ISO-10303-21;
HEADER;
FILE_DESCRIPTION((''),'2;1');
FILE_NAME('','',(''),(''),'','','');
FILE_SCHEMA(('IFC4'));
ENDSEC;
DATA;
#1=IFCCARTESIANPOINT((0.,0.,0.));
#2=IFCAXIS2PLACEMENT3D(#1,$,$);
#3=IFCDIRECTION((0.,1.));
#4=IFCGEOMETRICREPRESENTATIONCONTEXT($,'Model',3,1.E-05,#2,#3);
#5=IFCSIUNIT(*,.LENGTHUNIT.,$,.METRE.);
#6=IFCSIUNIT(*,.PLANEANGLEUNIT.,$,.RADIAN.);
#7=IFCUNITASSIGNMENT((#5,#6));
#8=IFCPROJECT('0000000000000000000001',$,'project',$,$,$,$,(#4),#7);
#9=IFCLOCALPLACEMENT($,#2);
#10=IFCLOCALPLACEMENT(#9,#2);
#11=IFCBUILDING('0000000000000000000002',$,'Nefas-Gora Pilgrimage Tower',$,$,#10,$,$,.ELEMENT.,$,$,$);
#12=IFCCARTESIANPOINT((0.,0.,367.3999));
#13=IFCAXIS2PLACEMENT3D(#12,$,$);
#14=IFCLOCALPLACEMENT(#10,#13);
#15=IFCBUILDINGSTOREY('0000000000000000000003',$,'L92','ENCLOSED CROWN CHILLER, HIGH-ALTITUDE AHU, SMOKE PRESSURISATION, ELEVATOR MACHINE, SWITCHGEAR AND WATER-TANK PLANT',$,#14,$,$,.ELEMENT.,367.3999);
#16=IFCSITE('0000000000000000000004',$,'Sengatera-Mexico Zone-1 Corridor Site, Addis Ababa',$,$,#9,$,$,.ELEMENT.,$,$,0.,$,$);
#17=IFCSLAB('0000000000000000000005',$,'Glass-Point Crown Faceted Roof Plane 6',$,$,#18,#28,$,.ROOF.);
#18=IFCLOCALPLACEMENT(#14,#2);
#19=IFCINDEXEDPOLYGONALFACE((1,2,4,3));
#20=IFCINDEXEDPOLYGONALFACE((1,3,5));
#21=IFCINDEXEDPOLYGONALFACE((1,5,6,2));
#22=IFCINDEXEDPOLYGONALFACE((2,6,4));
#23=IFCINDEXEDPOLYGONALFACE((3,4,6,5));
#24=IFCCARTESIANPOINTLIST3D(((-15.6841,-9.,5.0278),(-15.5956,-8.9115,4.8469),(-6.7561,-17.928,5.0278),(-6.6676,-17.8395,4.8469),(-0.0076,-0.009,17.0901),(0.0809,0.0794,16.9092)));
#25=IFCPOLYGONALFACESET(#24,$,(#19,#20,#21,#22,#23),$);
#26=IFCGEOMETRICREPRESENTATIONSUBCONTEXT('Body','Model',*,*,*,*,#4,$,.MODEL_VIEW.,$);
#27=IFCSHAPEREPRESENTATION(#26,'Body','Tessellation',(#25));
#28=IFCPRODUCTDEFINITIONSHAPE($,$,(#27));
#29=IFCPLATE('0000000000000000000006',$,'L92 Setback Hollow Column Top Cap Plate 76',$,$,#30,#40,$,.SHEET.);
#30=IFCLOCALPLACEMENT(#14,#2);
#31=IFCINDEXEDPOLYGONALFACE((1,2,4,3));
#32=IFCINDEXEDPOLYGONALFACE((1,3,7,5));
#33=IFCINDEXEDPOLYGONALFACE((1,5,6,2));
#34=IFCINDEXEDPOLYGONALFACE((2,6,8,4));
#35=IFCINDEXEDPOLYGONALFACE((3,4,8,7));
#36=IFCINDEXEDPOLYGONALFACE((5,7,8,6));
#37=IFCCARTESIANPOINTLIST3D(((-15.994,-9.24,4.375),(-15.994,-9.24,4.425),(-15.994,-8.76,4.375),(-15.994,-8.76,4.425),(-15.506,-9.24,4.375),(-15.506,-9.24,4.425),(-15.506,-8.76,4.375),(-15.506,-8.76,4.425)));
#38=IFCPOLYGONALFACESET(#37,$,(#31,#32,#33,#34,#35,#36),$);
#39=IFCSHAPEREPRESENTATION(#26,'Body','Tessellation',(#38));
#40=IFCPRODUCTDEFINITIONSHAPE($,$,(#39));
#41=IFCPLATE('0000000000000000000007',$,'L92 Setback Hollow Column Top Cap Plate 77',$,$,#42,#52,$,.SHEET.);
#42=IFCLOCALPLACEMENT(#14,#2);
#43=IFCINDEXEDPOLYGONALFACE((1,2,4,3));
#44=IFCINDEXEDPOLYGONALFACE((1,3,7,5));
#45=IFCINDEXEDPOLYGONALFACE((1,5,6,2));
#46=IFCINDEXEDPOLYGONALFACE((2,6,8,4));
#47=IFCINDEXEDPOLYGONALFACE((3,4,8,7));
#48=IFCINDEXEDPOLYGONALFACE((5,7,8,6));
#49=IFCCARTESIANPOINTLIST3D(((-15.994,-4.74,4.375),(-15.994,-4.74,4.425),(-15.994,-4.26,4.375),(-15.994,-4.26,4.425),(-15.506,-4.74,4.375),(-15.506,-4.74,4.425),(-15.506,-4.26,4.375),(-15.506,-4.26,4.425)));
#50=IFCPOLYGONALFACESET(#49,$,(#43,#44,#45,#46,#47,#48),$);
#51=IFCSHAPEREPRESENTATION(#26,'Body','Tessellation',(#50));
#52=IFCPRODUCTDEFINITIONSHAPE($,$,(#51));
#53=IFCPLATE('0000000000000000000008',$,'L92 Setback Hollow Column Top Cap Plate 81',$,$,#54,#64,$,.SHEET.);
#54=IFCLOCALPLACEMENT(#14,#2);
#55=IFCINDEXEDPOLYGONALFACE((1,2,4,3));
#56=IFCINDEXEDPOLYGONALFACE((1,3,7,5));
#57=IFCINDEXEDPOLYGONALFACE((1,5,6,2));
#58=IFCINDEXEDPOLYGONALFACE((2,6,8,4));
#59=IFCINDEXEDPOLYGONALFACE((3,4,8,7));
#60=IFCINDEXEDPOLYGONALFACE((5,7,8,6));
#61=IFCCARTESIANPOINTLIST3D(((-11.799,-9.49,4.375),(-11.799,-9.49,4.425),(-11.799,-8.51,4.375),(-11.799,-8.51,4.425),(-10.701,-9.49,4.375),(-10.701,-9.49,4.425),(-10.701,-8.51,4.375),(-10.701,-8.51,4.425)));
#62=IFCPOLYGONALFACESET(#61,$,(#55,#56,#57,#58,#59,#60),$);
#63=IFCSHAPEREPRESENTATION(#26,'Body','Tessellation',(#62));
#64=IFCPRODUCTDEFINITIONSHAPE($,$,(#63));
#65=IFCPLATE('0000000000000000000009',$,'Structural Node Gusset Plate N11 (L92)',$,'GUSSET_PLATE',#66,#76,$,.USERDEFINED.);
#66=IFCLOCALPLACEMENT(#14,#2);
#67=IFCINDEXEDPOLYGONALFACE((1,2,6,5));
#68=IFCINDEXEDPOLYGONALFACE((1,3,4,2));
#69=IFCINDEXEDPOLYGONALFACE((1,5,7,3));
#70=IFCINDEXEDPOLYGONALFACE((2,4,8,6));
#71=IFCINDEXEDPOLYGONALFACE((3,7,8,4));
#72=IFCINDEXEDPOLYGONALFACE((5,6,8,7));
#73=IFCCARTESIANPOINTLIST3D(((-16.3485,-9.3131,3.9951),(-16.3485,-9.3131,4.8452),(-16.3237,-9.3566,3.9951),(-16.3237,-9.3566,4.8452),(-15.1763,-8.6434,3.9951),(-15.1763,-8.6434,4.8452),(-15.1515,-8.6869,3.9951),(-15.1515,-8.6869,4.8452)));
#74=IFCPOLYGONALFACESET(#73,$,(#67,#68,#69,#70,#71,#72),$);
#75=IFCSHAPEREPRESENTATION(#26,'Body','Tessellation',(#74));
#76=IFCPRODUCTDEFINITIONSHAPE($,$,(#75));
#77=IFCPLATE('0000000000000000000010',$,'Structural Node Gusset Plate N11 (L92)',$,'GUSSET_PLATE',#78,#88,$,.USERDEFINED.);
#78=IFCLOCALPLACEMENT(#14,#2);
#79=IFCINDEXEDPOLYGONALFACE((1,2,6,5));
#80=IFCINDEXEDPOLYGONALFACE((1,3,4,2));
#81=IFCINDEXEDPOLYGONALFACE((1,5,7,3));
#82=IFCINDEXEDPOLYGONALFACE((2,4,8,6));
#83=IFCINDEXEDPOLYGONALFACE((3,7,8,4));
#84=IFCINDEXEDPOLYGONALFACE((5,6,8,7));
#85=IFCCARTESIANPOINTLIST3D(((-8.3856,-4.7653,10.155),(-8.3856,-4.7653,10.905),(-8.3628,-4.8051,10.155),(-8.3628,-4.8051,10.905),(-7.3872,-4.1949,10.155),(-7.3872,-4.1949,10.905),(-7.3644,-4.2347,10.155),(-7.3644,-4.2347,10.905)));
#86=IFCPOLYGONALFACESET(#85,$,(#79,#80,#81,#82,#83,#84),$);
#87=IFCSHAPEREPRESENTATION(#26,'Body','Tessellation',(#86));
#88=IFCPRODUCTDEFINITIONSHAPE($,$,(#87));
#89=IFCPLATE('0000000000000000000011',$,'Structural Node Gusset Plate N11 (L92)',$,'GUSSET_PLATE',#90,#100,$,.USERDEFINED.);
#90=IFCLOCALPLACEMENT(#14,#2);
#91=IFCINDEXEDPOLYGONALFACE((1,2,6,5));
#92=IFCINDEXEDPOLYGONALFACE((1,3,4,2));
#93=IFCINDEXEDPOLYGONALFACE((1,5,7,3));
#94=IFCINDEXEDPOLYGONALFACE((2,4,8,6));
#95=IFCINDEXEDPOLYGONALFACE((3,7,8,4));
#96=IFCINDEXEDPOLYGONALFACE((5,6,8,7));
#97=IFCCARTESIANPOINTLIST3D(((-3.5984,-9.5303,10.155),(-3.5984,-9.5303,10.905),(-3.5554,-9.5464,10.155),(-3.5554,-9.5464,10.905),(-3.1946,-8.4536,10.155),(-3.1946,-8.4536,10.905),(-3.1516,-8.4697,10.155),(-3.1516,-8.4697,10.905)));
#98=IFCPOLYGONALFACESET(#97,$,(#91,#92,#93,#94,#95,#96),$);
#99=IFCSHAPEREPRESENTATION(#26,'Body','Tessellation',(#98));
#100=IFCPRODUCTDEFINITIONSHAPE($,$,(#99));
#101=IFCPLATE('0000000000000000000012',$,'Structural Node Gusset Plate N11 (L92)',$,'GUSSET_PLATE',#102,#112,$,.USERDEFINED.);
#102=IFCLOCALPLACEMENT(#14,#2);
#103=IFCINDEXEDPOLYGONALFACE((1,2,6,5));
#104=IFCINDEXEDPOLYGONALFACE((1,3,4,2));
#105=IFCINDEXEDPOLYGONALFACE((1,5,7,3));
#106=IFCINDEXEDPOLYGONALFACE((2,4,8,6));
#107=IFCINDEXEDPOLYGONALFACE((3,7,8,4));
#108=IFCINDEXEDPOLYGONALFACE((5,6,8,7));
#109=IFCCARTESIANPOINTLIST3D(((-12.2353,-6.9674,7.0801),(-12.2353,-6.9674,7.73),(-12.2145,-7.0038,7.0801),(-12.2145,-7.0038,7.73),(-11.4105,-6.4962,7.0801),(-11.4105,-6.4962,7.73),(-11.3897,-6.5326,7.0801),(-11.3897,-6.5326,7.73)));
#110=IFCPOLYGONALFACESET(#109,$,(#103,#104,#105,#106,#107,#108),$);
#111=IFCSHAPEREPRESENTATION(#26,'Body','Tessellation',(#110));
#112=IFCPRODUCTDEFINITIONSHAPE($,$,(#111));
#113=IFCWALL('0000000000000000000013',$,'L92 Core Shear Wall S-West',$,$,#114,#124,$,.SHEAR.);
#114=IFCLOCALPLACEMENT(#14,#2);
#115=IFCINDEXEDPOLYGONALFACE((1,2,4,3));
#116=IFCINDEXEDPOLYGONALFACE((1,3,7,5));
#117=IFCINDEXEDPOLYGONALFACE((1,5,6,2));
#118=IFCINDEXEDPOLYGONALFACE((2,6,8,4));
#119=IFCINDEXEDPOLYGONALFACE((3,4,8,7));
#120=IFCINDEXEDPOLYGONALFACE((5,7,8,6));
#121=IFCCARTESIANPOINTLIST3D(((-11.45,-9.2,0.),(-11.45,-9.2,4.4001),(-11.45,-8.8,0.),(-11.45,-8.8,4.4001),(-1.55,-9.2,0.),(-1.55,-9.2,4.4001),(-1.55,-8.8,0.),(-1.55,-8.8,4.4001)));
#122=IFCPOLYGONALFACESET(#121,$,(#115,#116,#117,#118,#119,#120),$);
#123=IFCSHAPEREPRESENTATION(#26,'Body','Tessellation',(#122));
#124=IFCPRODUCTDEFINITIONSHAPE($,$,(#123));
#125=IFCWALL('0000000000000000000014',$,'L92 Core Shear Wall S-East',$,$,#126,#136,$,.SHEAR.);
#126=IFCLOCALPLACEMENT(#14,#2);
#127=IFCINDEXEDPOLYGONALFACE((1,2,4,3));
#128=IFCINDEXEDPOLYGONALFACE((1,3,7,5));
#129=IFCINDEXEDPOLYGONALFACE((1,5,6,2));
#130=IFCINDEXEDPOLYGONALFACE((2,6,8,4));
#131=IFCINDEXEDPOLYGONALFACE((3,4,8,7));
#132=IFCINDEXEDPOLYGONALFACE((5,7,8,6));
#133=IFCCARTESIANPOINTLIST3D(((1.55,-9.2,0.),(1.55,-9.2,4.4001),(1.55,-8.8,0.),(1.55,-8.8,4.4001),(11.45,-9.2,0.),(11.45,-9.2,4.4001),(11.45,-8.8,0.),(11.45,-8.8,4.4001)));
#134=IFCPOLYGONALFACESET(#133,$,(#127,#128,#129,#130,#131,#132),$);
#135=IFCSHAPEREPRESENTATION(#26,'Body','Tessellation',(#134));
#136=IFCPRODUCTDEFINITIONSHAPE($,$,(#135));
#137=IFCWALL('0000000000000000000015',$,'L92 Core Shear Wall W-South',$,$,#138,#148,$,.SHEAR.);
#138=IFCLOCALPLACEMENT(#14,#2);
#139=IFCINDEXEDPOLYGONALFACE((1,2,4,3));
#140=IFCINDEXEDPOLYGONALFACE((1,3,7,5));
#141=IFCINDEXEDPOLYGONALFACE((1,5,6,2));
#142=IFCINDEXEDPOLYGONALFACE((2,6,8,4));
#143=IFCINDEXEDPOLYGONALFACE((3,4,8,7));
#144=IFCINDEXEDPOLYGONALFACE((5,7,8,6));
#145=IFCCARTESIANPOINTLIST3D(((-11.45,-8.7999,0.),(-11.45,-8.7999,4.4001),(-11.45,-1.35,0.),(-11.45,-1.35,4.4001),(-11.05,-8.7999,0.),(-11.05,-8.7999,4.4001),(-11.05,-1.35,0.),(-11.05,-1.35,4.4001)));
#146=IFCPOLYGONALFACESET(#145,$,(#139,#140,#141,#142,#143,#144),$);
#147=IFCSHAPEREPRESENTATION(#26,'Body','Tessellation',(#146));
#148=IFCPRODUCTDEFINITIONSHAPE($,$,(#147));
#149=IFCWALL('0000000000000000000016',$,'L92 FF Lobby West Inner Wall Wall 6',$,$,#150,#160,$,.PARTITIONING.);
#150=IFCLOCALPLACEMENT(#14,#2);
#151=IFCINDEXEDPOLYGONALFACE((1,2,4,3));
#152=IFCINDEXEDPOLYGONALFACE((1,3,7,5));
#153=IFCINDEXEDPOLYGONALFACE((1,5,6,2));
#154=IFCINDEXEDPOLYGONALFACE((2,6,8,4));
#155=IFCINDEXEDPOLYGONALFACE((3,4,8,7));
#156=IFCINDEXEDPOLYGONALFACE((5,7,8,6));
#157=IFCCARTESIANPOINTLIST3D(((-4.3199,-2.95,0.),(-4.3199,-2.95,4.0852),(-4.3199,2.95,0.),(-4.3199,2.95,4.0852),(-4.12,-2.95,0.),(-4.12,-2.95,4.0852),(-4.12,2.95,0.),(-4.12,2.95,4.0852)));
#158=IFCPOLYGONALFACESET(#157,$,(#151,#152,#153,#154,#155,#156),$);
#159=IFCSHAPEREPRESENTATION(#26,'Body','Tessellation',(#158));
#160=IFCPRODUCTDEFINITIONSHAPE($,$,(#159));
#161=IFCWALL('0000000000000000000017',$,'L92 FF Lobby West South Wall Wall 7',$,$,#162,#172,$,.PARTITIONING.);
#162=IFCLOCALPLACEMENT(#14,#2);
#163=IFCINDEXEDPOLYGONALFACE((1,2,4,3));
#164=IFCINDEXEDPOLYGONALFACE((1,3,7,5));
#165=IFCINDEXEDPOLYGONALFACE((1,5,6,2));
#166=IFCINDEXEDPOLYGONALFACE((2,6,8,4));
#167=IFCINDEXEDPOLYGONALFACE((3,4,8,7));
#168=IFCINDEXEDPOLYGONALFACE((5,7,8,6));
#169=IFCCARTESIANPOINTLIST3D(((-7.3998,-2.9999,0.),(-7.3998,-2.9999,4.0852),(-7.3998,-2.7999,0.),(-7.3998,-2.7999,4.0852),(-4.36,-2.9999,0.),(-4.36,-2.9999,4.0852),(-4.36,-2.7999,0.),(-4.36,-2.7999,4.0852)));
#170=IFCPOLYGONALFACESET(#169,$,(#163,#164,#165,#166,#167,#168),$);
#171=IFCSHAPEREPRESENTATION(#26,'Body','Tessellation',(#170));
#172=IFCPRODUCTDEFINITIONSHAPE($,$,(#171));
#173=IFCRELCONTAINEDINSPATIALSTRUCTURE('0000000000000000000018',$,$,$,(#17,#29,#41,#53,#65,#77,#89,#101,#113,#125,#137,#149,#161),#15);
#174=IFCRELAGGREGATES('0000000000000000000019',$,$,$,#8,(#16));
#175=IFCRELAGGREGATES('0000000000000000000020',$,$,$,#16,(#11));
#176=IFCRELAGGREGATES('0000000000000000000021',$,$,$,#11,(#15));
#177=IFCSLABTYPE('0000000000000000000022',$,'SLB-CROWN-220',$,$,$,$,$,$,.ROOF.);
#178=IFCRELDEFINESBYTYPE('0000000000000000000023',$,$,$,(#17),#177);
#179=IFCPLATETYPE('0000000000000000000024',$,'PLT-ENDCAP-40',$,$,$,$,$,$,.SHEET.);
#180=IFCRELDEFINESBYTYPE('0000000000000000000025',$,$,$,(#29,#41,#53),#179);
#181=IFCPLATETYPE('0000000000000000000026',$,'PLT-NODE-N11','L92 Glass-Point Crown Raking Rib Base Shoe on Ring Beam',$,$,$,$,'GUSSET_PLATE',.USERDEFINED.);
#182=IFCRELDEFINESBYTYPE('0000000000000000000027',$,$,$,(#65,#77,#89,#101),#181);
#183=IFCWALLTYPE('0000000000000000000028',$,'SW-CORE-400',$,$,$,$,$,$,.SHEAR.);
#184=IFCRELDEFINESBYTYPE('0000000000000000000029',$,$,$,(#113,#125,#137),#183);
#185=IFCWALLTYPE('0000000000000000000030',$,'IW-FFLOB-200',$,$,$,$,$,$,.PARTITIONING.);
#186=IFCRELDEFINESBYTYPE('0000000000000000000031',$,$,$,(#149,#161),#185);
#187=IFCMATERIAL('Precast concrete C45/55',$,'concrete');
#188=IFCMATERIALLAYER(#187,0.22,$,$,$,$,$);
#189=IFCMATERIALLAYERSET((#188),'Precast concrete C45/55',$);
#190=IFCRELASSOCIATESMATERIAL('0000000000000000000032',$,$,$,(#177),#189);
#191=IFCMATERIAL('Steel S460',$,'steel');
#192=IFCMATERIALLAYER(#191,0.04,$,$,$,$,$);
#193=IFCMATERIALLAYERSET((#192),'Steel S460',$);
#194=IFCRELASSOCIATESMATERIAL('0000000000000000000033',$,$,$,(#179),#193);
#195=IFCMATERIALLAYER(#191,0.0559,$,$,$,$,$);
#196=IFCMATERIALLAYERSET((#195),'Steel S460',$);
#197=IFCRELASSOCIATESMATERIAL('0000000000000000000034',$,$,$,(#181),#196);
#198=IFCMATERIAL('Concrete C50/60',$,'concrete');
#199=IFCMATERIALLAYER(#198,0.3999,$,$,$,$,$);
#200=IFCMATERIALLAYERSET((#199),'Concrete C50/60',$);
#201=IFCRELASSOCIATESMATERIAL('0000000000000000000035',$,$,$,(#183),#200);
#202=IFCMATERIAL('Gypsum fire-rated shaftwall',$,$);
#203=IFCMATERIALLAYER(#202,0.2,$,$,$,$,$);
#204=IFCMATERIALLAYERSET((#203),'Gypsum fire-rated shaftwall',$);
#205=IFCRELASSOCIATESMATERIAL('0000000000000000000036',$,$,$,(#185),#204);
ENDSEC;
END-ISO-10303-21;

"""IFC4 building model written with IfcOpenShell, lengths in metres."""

from ifc_helpers import new_model, si_unit, direction, frame, frame_2d, origin, origin_2d, place, context, subcontext, project, spatial, polyline, rectangle, outline, extrude, source, transform, mapped, material, layer, layer_set, type_object, element, save


model = new_model("IFC4")

# Units and contexts
model_context = context("Model", 3, precision=1e-05, world=origin(), true_north=direction((0.0, 1.0)))
body_context = subcontext(model_context, "Body", "Model", "MODEL_VIEW")
ifc_project = project(units=[si_unit("LENGTHUNIT", "METRE"), si_unit("PLANEANGLEUNIT", "RADIAN")], contexts=[model_context])

# Site, building, storey
site_placement = place(None, origin())
site = spatial("IfcSite", under=ifc_project, at=site_placement, Name="Sengatera-Mexico Zone-1 Corridor Site, Addis Ababa", CompositionType="ELEMENT", RefElevation=0.0)
building_placement = place(site_placement, origin())
building = spatial("IfcBuilding", under=site, at=building_placement, Name="Nefas-Gora Pilgrimage Tower", CompositionType="ELEMENT")
storey_placement = place(building_placement, frame((0.0, 0.0, 367.3999)))
storey = spatial("IfcBuildingStorey", under=building, at=storey_placement, Name="L92", Description="ENCLOSED CROWN CHILLER, HIGH-ALTITUDE AHU, SMOKE PRESSURISATION, ELEVATOR MACHINE, SWITCHGEAR AND WATER-TANK PLANT", CompositionType="ELEMENT", Elevation=367.3999)

# Shared definitions
ifc_material_1 = material(Name="Concrete C50/60", Category="concrete")

# Shared definitions
ifc_material_2 = material(Name="Steel S460", Category="steel")

# Slab
ifc_material_3 = material(Name="Precast concrete C45/55", Category="concrete")
ifc_layer_1 = layer(ifc_material_3, 0.22)
ifc_layer_set_1 = layer_set([ifc_layer_1], Name="Precast concrete C45/55")
slab_type = type_object("IfcSlabType", Name="SLB-CROWN-220", PredefinedType="ROOF", material=ifc_layer_set_1)
slab_placement = place(storey_placement, frame((-15.6841, -9.0, 5.0278), z_axis=(-0.402191, -0.402191, 0.822487), x_axis=(0.707107, -0.707107, 0.0)))
element("IfcSlab", 1, at=slab_placement, inside=storey, type_object=slab_type, Name="Glass-Point Crown Faceted Roof Plane 6", PredefinedType="ROOF", context=body_context, shape_type="SweptSolid", body=[
    extrude(outline(polyline([(0.0, 0.0), (12.6261, 0.0), (4.7274, 21.2071), (0.0, 0.0)])), origin(), (0.0, 0.0, -1.0), 0.22),
])

# Plates
ifc_layer_2 = layer(ifc_material_2, 0.04)
ifc_layer_set_2 = layer_set([ifc_layer_2], Name="Steel S460")
plate_type_1 = type_object("IfcPlateType", Name="PLT-ENDCAP-40", PredefinedType="SHEET", material=ifc_layer_set_2)
shared_shape_1 = source(origin(), body_context, "Body", "SweptSolid", [
    extrude(rectangle(XDim=0.488, YDim=0.48, at=origin_2d()), origin(), (0.0, 0.0, 1.0), 0.05),
])
for number, where, z_axis, x_axis, name in (
    (2, (-15.75, -9.0, 4.375), (0.0, 0.0, 1.0), (1.0, 0.0, 0.0), "L92 Setback Hollow Column Top Cap Plate 76"),
    (3, (-15.75, -4.5, 4.375), (0.0, 0.0, 1.0), (1.0, 0.0, 0.0), "L92 Setback Hollow Column Top Cap Plate 77"),
):
    element("IfcPlate", number, at=place(storey_placement, frame(where, z_axis=z_axis, x_axis=x_axis)), inside=storey, type_object=plate_type_1, Name=name, PredefinedType="SHEET", context=body_context, shape_type="MappedRepresentation", body=[
        mapped(shared_shape_1, transform((0.0, 0.0, 0.0), x_axis=(1.0, 0.0, 0.0), y_axis=(0.0, 1.0, 0.0), z_axis=(0.0, 0.0, 1.0), scale=1.0)),
    ])
shared_shape_2 = source(origin(), body_context, "Body", "SweptSolid", [
    extrude(rectangle(XDim=1.0979, YDim=0.98, at=origin_2d()), origin(), (0.0, 0.0, 1.0), 0.05),
])
plate_1_placement = place(storey_placement, frame((-11.25, -9.0, 4.375), z_axis=(0.0, 0.0, 1.0), x_axis=(1.0, 0.0, 0.0)))
element("IfcPlate", 4, at=plate_1_placement, inside=storey, type_object=plate_type_1, Name="L92 Setback Hollow Column Top Cap Plate 81", PredefinedType="SHEET", context=body_context, shape_type="MappedRepresentation", body=[
    mapped(shared_shape_2, transform((0.0, 0.0, 0.0), x_axis=(1.0, 0.0, 0.0), y_axis=(0.0, 1.0, 0.0), z_axis=(0.0, 0.0, 1.0), scale=1.0)),
])
ifc_layer_3 = layer(ifc_material_2, 0.0559)
ifc_layer_set_3 = layer_set([ifc_layer_3], Name="Steel S460")
plate_type_2 = type_object("IfcPlateType", Name="PLT-NODE-N11", Description="L92 Glass-Point Crown Raking Rib Base Shoe on Ring Beam", ElementType="GUSSET_PLATE", PredefinedType="USERDEFINED", material=ifc_layer_set_3)
shared_shape_3 = source(origin(), body_context, "Body", "SweptSolid", [
    extrude(rectangle(XDim=1.3501, YDim=0.05, at=origin_2d()), origin(), (0.0, 0.0, 1.0), 0.8501),
])
plate_2_placement = place(storey_placement, frame((-15.75, -9.0, 3.9951), z_axis=(0.0, 0.0, 1.0), x_axis=(-0.868285, -0.496065, 0.0)))
element("IfcPlate", 5, at=plate_2_placement, inside=storey, type_object=plate_type_2, Name="Structural Node Gusset Plate N11 (L92)", ObjectType="GUSSET_PLATE", PredefinedType="USERDEFINED", context=body_context, shape_type="MappedRepresentation", body=[
    mapped(shared_shape_3, transform((0.0, 0.0, 0.0), x_axis=(1.0, 0.0, 0.0), y_axis=(0.0, 1.0, 0.0), z_axis=(0.0, 0.0, 1.0), scale=1.0)),
])
shared_shape_4 = source(origin(), body_context, "Body", "SweptSolid", [
    extrude(rectangle(XDim=1.1499, YDim=0.0459, at=origin_2d()), origin(), (0.0, 0.0, 1.0), 0.75),
])
for number, where, z_axis, x_axis, name in (
    (6, (-7.875, -4.5, 10.155), (0.0, 0.0, 1.0), (-0.868285, -0.496065, 0.0), "Structural Node Gusset Plate N11 (L92)"),
    (7, (-3.375, -9.0, 10.155), (0.0, 0.0, 1.0), (-0.351188, -0.936305, 0.0), "Structural Node Gusset Plate N11 (L92)"),
):
    element("IfcPlate", number, at=place(storey_placement, frame(where, z_axis=z_axis, x_axis=x_axis)), inside=storey, type_object=plate_type_2, Name=name, ObjectType="GUSSET_PLATE", PredefinedType="USERDEFINED", context=body_context, shape_type="MappedRepresentation", body=[
        mapped(shared_shape_4, transform((0.0, 0.0, 0.0), x_axis=(1.0, 0.0, 0.0), y_axis=(0.0, 1.0, 0.0), z_axis=(0.0, 0.0, 1.0), scale=1.0)),
    ])
shared_shape_5 = source(origin(), body_context, "Body", "SweptSolid", [
    extrude(rectangle(XDim=0.95, YDim=0.042, at=origin_2d()), origin(), (0.0, 0.0, 1.0), 0.6499),
])
plate_3_placement = place(storey_placement, frame((-11.8125, -6.75, 7.0801), z_axis=(0.0, 0.0, 1.0), x_axis=(-0.868285, -0.496065, 0.0)))
element("IfcPlate", 8, at=plate_3_placement, inside=storey, type_object=plate_type_2, Name="Structural Node Gusset Plate N11 (L92)", ObjectType="GUSSET_PLATE", PredefinedType="USERDEFINED", context=body_context, shape_type="MappedRepresentation", body=[
    mapped(shared_shape_5, transform((0.0, 0.0, 0.0), x_axis=(1.0, 0.0, 0.0), y_axis=(0.0, 1.0, 0.0), z_axis=(0.0, 0.0, 1.0), scale=1.0)),
])

# Walls
ifc_layer_4 = layer(ifc_material_1, 0.3999)
ifc_layer_set_4 = layer_set([ifc_layer_4], Name="Concrete C50/60")
wall_type_1 = type_object("IfcWallType", Name="SW-CORE-400", PredefinedType="SHEAR", material=ifc_layer_set_4)
shared_shape_6 = source(origin(), body_context, "Body", "SweptSolid", [
    extrude(rectangle(XDim=9.8999, YDim=0.3999, at=frame_2d((4.95, 0.0))), origin(), (0.0, 0.0, 1.0), 4.4001),
])
for number, where, z_axis, x_axis, name in (
    (9, (-11.45, -9.0, 0.0), (0.0, 0.0, 1.0), (1.0, 0.0, 0.0), "L92 Core Shear Wall S-West"),
    (10, (1.55, -9.0, 0.0), (0.0, 0.0, 1.0), (1.0, 0.0, 0.0), "L92 Core Shear Wall S-East"),
):
    element("IfcWall", number, at=place(storey_placement, frame(where, z_axis=z_axis, x_axis=x_axis)), inside=storey, type_object=wall_type_1, Name=name, PredefinedType="SHEAR", context=body_context, shape_type="MappedRepresentation", body=[
        mapped(shared_shape_6, transform((0.0, 0.0, 0.0), x_axis=(1.0, 0.0, 0.0), y_axis=(0.0, 1.0, 0.0), z_axis=(0.0, 0.0, 1.0), scale=1.0)),
    ])
shared_shape_7 = source(origin(), body_context, "Body", "SweptSolid", [
    extrude(rectangle(XDim=7.45, YDim=0.3999, at=frame_2d((3.7251, 0.0))), origin(), (0.0, 0.0, 1.0), 4.4001),
])
wall_1_placement = place(storey_placement, frame((-11.25, -8.8, 0.0), z_axis=(0.0, 0.0, 1.0), x_axis=(0.0, 1.0, 0.0)))
element("IfcWall", 11, at=wall_1_placement, inside=storey, type_object=wall_type_1, Name="L92 Core Shear Wall W-South", PredefinedType="SHEAR", context=body_context, shape_type="MappedRepresentation", body=[
    mapped(shared_shape_7, transform((0.0, 0.0, 0.0), x_axis=(1.0, 0.0, 0.0), y_axis=(0.0, 1.0, 0.0), z_axis=(0.0, 0.0, 1.0), scale=1.0)),
])

# Shared definitions
ifc_material_4 = material(Name="Gypsum fire-rated shaftwall")
ifc_layer_5 = layer(ifc_material_4, 0.2)
ifc_layer_set_5 = layer_set([ifc_layer_5], Name="Gypsum fire-rated shaftwall")
wall_type_2 = type_object("IfcWallType", Name="IW-FFLOB-200", PredefinedType="PARTITIONING", material=ifc_layer_set_5)

# Walls
shared_shape_8 = source(origin(), body_context, "Body", "SweptSolid", [
    extrude(rectangle(XDim=5.8999, YDim=0.2, at=frame_2d((2.95, 0.0))), origin(), (0.0, 0.0, 1.0), 4.0852),
])
wall_2_placement = place(storey_placement, frame((-4.22, -2.95, 0.0), z_axis=(0.0, 0.0, 1.0), x_axis=(0.0, 1.0, 0.0)))
element("IfcWall", 12, at=wall_2_placement, inside=storey, type_object=wall_type_2, Name="L92 FF Lobby West Inner Wall Wall 6", PredefinedType="PARTITIONING", context=body_context, shape_type="MappedRepresentation", body=[
    mapped(shared_shape_8, transform((0.0, 0.0, 0.0), x_axis=(1.0, 0.0, 0.0), y_axis=(0.0, 1.0, 0.0), z_axis=(0.0, 0.0, 1.0), scale=1.0)),
])
shared_shape_9 = source(origin(), body_context, "Body", "SweptSolid", [
    extrude(rectangle(XDim=3.0398, YDim=0.2, at=frame_2d((1.52, 0.0))), origin(), (0.0, 0.0, 1.0), 4.0852),
])
wall_3_placement = place(storey_placement, frame((-7.3999, -2.8999, 0.0), z_axis=(0.0, 0.0, 1.0), x_axis=(1.0, 0.0, 0.0)))
element("IfcWall", 13, at=wall_3_placement, inside=storey, type_object=wall_type_2, Name="L92 FF Lobby West South Wall Wall 7", PredefinedType="PARTITIONING", context=body_context, shape_type="MappedRepresentation", body=[
    mapped(shared_shape_9, transform((0.0, 0.0, 0.0), x_axis=(1.0, 0.0, 0.0), y_axis=(0.0, 1.0, 0.0), z_axis=(0.0, 0.0, 1.0), scale=1.0)),
])

save(model, "model.ifc")
